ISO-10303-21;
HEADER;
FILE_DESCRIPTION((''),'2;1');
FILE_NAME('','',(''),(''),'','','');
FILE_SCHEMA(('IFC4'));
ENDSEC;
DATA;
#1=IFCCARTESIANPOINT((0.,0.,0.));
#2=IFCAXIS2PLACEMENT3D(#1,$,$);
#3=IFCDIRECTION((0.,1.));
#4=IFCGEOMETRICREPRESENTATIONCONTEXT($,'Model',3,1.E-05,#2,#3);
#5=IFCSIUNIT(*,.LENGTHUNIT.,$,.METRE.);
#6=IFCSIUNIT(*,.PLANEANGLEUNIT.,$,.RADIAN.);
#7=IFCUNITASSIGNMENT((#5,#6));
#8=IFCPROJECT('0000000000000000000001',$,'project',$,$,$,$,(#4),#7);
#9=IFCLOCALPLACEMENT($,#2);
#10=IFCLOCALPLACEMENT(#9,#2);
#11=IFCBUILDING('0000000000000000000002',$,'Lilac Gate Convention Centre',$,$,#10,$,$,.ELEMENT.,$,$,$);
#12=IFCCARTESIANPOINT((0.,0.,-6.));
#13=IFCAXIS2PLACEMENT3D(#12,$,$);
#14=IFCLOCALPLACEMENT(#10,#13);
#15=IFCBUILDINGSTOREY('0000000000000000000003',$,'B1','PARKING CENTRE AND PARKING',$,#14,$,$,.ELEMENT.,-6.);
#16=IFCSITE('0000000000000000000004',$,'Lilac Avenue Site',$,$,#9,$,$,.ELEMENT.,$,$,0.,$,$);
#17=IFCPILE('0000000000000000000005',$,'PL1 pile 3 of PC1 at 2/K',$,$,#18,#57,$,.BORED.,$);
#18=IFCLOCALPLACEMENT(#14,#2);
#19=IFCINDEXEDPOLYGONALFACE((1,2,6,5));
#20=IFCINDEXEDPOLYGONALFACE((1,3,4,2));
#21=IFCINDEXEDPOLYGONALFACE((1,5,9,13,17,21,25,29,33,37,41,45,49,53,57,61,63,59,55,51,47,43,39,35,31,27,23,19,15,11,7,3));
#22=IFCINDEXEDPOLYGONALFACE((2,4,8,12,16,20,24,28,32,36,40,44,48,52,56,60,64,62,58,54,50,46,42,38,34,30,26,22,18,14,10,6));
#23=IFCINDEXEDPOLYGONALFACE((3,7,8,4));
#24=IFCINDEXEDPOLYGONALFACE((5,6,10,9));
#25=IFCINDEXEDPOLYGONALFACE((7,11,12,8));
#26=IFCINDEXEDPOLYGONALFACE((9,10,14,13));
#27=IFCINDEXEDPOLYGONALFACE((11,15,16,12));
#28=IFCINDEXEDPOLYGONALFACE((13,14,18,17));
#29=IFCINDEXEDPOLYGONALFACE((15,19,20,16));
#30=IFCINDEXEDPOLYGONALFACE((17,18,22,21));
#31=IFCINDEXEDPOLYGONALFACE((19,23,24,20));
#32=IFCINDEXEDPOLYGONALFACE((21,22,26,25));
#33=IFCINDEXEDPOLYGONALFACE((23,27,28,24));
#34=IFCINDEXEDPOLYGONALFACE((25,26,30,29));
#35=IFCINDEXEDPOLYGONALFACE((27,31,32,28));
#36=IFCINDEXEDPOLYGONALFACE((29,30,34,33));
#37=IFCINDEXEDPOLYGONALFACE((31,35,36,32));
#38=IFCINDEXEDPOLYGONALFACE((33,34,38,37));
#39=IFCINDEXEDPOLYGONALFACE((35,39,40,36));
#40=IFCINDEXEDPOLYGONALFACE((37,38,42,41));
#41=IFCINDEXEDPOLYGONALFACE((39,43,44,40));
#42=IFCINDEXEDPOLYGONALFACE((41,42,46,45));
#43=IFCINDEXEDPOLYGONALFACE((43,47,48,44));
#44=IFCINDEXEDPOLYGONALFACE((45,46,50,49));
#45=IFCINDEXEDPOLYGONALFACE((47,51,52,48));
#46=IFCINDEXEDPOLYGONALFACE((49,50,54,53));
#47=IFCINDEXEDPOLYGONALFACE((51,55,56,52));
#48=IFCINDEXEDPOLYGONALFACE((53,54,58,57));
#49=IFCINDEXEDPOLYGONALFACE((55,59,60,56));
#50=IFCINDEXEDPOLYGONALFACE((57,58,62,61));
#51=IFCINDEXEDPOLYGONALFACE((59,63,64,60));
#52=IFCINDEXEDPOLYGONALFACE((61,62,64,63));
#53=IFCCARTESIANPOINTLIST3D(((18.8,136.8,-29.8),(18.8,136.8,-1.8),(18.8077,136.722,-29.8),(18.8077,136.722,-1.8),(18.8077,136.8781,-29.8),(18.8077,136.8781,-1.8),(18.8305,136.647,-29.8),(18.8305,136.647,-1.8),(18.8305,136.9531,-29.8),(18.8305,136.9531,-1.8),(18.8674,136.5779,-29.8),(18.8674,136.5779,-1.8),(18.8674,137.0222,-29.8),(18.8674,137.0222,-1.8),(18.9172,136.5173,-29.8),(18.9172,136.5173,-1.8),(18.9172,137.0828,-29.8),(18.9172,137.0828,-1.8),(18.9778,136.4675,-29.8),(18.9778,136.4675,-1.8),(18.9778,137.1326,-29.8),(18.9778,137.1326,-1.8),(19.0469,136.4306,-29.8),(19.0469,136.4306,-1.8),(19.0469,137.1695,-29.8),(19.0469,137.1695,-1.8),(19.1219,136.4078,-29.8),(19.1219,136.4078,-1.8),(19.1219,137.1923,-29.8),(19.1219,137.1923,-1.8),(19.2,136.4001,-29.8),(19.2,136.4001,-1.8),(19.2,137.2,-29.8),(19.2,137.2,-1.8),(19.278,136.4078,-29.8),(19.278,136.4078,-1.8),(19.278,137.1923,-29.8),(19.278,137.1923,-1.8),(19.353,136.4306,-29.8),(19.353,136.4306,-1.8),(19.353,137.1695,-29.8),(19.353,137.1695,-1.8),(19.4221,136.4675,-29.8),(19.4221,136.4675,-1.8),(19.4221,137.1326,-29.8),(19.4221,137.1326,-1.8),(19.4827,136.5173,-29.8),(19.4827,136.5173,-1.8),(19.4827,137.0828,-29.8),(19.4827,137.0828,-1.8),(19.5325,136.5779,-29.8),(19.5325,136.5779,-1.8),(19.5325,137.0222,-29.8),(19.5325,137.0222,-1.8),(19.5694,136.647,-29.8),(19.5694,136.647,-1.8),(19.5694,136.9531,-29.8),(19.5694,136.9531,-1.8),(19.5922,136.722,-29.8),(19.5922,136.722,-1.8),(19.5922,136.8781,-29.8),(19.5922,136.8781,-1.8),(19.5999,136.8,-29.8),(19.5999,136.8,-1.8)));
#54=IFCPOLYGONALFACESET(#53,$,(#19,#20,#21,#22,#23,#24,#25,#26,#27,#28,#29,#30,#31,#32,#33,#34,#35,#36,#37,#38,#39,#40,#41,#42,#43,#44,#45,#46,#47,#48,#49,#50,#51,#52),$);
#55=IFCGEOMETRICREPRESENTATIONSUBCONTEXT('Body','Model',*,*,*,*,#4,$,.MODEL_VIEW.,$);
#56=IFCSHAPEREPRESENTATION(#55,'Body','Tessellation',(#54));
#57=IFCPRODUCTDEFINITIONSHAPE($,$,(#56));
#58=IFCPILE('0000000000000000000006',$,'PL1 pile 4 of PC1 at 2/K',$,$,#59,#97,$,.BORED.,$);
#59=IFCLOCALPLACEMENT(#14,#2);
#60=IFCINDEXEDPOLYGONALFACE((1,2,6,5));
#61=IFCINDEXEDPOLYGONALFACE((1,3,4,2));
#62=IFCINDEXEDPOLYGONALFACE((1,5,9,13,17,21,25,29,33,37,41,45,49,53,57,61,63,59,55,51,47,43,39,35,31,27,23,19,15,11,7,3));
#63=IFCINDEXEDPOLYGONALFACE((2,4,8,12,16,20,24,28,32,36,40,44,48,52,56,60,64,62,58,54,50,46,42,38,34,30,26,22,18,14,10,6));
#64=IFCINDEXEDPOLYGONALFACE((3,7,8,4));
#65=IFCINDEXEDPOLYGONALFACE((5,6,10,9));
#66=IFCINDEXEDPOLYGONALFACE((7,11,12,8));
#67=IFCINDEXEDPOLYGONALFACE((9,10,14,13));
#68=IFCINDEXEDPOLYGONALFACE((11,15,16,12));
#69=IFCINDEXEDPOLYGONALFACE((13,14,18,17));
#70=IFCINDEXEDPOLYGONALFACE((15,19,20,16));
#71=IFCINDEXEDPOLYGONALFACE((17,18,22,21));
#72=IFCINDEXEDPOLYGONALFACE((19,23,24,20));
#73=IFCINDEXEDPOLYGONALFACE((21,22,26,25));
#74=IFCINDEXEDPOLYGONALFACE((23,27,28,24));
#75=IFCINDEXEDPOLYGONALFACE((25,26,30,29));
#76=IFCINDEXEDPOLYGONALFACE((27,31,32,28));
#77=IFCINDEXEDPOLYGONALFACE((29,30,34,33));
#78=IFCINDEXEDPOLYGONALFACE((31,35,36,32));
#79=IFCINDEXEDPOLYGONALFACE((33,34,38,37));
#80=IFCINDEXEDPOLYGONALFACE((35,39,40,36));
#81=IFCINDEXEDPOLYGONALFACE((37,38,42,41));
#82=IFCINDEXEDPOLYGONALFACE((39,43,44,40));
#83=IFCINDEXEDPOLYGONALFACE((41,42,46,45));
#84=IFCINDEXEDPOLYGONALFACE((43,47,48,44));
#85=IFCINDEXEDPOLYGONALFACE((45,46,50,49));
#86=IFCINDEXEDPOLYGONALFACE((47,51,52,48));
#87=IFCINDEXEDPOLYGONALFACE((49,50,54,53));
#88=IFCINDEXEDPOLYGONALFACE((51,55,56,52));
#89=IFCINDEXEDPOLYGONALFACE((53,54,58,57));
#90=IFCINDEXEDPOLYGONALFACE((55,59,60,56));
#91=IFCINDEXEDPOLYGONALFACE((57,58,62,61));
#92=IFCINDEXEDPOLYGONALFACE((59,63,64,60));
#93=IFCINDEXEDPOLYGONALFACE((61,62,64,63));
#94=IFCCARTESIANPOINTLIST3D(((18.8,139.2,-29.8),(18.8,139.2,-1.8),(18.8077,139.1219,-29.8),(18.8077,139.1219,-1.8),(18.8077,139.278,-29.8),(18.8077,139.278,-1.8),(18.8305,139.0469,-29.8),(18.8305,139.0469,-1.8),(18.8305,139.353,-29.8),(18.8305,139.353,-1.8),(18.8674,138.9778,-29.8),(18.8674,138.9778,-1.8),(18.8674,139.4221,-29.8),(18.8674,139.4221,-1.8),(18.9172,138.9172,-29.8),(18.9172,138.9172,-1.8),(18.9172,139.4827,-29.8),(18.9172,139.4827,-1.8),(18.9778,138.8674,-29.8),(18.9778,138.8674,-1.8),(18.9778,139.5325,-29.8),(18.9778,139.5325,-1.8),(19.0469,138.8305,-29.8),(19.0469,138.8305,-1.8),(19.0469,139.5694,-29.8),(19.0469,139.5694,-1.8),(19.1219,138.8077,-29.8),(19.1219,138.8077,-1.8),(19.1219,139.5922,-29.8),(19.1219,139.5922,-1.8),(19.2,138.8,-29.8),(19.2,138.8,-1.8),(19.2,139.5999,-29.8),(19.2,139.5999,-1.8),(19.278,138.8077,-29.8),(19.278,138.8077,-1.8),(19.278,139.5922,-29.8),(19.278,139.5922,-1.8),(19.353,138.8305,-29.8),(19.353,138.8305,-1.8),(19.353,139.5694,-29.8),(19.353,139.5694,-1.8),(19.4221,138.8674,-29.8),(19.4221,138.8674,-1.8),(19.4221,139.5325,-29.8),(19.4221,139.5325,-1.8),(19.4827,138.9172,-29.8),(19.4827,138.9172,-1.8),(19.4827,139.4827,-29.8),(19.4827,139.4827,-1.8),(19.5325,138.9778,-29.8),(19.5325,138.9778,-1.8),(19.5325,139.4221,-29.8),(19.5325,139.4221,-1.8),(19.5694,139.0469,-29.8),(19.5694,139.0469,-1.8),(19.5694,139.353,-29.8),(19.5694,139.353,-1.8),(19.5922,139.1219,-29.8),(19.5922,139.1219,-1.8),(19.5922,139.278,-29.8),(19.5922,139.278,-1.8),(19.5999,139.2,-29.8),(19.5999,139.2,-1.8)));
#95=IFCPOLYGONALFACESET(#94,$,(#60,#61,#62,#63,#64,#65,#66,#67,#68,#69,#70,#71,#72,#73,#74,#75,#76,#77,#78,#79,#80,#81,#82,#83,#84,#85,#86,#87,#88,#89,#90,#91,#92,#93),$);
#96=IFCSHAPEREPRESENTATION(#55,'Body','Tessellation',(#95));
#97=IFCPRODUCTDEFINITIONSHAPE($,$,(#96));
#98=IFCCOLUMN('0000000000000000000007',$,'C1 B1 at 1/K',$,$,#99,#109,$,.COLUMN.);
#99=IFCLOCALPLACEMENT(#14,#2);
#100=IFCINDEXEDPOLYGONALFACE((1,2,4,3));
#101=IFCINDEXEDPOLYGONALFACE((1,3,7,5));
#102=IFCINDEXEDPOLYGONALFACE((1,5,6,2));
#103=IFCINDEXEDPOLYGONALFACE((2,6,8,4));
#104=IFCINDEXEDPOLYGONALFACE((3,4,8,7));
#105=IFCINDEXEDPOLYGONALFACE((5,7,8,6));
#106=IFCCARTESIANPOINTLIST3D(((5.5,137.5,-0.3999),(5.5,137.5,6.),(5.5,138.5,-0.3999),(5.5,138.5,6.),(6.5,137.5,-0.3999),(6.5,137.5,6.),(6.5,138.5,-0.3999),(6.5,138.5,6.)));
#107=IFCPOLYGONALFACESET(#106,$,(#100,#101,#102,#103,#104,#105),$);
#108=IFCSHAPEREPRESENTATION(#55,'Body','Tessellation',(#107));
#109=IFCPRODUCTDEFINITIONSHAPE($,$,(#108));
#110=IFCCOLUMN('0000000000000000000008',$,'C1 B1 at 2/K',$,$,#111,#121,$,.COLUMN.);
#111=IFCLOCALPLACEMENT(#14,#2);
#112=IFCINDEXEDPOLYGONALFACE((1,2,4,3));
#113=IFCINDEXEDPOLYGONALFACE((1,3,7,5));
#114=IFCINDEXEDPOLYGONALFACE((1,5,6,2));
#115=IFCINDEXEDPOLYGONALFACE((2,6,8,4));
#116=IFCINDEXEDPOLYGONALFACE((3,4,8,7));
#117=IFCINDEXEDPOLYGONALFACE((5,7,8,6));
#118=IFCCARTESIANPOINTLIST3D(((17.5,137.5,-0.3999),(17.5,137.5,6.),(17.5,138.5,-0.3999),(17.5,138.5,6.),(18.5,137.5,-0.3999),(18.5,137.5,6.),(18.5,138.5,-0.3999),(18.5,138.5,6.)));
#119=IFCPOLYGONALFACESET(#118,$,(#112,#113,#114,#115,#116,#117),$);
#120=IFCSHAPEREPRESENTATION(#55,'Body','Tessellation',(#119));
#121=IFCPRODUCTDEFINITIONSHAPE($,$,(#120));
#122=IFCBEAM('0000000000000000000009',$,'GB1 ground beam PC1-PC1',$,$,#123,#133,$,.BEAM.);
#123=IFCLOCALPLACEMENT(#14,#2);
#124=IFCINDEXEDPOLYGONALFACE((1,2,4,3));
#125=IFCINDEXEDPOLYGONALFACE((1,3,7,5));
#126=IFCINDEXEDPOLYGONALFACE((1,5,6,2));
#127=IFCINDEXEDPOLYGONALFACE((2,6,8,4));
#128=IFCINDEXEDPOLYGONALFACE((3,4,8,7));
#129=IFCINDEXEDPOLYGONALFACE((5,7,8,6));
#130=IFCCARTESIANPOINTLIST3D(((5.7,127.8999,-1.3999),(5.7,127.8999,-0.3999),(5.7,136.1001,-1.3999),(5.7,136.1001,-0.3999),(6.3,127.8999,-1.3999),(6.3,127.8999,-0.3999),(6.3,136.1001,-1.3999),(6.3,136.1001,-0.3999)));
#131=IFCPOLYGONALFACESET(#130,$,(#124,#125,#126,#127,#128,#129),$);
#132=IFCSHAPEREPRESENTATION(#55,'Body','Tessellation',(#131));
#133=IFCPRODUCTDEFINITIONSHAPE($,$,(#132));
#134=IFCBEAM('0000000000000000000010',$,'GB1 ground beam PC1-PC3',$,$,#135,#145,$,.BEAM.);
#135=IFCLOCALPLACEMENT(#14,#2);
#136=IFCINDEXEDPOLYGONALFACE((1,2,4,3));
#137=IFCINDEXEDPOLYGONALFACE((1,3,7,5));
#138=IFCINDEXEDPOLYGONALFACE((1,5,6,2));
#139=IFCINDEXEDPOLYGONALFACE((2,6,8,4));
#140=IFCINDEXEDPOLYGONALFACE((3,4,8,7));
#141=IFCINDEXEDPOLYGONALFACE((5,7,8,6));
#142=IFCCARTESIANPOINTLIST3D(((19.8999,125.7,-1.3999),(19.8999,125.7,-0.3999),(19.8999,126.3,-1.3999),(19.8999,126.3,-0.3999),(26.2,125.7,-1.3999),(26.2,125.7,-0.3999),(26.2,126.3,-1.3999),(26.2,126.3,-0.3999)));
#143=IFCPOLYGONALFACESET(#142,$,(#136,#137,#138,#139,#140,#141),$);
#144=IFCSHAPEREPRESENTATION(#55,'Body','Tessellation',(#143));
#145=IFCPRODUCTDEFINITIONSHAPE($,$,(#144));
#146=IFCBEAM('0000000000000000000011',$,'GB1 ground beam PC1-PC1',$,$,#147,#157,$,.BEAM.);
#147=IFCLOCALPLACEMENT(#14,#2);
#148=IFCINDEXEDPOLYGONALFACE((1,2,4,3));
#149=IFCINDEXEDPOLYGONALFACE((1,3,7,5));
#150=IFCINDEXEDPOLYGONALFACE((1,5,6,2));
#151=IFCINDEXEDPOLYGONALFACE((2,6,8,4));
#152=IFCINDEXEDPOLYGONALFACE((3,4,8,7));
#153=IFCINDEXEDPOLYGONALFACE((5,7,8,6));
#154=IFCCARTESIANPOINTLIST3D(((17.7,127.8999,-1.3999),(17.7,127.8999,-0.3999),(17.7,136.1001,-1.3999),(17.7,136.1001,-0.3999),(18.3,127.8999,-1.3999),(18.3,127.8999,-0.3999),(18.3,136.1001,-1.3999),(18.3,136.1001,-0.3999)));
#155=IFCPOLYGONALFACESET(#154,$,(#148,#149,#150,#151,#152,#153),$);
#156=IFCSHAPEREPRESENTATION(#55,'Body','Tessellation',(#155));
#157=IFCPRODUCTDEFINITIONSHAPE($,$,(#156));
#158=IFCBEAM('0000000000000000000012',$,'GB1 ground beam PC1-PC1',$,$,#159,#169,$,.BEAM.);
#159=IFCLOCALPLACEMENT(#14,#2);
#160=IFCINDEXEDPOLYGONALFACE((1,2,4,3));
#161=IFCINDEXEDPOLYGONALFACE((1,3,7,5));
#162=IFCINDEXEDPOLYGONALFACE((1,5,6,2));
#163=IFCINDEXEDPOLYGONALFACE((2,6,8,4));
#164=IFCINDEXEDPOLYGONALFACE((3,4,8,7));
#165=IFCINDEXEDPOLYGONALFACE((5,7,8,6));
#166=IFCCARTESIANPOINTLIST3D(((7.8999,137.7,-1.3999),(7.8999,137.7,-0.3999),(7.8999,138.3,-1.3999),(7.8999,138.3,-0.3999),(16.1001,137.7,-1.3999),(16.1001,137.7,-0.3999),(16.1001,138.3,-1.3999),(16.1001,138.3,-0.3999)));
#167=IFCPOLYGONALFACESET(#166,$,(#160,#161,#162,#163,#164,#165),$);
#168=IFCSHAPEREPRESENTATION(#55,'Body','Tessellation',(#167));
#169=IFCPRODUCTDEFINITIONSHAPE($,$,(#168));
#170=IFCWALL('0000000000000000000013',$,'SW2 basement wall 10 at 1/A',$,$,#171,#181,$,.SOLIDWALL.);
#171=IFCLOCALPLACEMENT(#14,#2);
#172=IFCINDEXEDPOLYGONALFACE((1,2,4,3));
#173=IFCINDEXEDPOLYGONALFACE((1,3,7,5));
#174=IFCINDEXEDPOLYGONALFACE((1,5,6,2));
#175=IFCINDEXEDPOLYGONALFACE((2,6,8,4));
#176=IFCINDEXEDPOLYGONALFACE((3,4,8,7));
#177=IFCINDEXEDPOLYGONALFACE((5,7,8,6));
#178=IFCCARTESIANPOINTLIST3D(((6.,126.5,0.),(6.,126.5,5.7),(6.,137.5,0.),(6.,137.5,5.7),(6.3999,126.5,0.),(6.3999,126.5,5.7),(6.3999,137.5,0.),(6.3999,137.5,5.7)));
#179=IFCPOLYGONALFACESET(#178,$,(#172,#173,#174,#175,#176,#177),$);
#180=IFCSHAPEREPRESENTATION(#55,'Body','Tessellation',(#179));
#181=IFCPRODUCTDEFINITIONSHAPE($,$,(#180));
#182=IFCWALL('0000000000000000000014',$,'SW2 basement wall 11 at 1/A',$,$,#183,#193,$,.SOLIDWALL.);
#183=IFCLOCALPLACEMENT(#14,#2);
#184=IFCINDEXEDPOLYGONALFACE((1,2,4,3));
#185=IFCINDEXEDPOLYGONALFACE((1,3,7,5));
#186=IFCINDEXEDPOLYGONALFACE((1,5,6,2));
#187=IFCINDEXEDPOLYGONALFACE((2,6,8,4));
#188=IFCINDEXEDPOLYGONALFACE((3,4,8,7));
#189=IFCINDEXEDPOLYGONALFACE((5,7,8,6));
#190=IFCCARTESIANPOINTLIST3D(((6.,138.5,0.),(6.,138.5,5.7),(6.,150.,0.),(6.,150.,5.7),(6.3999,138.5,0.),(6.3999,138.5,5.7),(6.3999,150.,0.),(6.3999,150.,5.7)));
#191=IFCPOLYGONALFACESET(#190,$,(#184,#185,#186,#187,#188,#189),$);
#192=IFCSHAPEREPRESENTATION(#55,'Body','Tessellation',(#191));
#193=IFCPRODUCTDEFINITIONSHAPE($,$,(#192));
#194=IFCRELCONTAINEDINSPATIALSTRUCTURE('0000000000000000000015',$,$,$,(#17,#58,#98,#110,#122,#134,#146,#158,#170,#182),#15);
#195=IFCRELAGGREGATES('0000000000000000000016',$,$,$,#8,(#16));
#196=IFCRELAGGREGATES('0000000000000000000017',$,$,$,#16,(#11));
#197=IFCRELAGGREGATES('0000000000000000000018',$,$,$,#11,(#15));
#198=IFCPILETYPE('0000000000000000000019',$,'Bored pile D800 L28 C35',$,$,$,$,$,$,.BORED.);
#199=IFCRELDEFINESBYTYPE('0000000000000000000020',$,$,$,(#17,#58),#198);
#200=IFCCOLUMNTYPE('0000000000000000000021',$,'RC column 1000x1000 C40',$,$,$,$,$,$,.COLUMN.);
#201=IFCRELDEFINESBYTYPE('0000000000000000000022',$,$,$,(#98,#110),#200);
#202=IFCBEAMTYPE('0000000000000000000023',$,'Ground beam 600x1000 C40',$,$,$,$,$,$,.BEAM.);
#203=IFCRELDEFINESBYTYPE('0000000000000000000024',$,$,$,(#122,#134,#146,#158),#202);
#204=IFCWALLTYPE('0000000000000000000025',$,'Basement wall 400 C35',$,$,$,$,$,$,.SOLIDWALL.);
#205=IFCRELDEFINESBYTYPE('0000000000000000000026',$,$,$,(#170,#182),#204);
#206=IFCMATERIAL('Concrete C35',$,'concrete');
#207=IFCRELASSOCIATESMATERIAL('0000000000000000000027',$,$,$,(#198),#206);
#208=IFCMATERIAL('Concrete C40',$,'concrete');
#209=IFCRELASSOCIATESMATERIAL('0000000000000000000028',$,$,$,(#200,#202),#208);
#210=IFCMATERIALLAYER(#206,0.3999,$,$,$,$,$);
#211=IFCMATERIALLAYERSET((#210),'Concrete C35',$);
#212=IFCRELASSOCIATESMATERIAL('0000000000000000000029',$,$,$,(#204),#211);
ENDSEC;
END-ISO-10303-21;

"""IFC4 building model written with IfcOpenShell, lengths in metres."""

from ifc_helpers import new_model, si_unit, direction, frame, frame_2d, origin, origin_2d, place, context, subcontext, project, spatial, rectangle, circle, extrude, material, layer, layer_set, material_profile, profile_set, type_object, element, save


model = new_model("IFC4")

# Units and contexts
model_context = context("Model", 3, precision=1e-05, world=origin(), true_north=direction((0.0, 1.0)))
body_context = subcontext(model_context, "Body", "Model", "MODEL_VIEW")
ifc_project = project(units=[si_unit("LENGTHUNIT", "METRE"), si_unit("PLANEANGLEUNIT", "RADIAN")], contexts=[model_context])

# Site, building, storey
site_placement = place(None, origin())
site = spatial("IfcSite", under=ifc_project, at=site_placement, Name="Lilac Avenue Site", CompositionType="ELEMENT", RefElevation=0.0)
building_placement = place(site_placement, origin())
building = spatial("IfcBuilding", under=site, at=building_placement, Name="Lilac Gate Convention Centre", CompositionType="ELEMENT")
storey_placement = place(building_placement, frame((0.0, 0.0, -6.0)))
storey = spatial("IfcBuildingStorey", under=building, at=storey_placement, Name="B1", Description="PARKING CENTRE AND PARKING", CompositionType="ELEMENT", Elevation=-6.0)

# Piles
ifc_material_1 = material(Name="Concrete C35", Category="concrete")
ifc_material_profile_1 = material_profile(ifc_material_1, circle(Radius=0.3999, at=origin_2d()), Name="D800")
ifc_profile_set_1 = profile_set([ifc_material_profile_1], Name="Concrete C35")
pile_type = type_object("IfcPileType", Name="Bored pile D800 L28 C35", PredefinedType="BORED", material=ifc_profile_set_1)
for number, where, z_axis, x_axis, name in (
    (1, (19.2, 136.8, -1.8), (0.0, 0.0, -1.0), (1.0, 0.0, 0.0), "PL1 pile 3 of PC1 at 2/K"),
    (2, (19.2, 139.2, -1.8), (0.0, 0.0, -1.0), (1.0, 0.0, 0.0), "PL1 pile 4 of PC1 at 2/K"),
):
    element("IfcPile", number, at=place(storey_placement, frame(where, z_axis=z_axis, x_axis=x_axis)), inside=storey, type_object=pile_type, Name=name, PredefinedType="BORED", context=body_context, shape_type="SweptSolid", body=[
        extrude(circle(Radius=0.3999, at=origin_2d()), origin(), (0.0, 0.0, 1.0), 28.0),
    ])

# Columns
ifc_material_2 = material(Name="Concrete C40", Category="concrete")
ifc_material_profile_2 = material_profile(ifc_material_2, rectangle(XDim=1.0, YDim=1.0, at=origin_2d()), Name="RC 1000x1000")
ifc_profile_set_2 = profile_set([ifc_material_profile_2], Name="Concrete C40")
column_type = type_object("IfcColumnType", Name="RC column 1000x1000 C40", PredefinedType="COLUMN", material=ifc_profile_set_2)
for number, where, z_axis, x_axis, name in (
    (3, (6.0, 138.0, -0.3999), (0.0, 0.0, 1.0), (1.0, 0.0, 0.0), "C1 B1 at 1/K"),
    (4, (18.0, 138.0, -0.3999), (0.0, 0.0, 1.0), (1.0, 0.0, 0.0), "C1 B1 at 2/K"),
):
    element("IfcColumn", number, at=place(storey_placement, frame(where, z_axis=z_axis, x_axis=x_axis)), inside=storey, type_object=column_type, Name=name, PredefinedType="COLUMN", context=body_context, shape_type="SweptSolid", body=[
        extrude(rectangle(XDim=1.0, YDim=1.0, at=origin_2d()), origin(), (0.0, 0.0, 1.0), 6.3999),
    ])

# Beams
ifc_material_profile_3 = material_profile(ifc_material_2, rectangle(XDim=0.6001, YDim=1.0, at=origin_2d()), Name="RC 600x1000")
ifc_profile_set_3 = profile_set([ifc_material_profile_3], Name="Concrete C40")
beam_type = type_object("IfcBeamType", Name="Ground beam 600x1000 C40", PredefinedType="BEAM", material=ifc_profile_set_3)
beam_1_placement = place(storey_placement, frame((6.0, 127.8999, -0.8999), z_axis=(0.0, 1.0, 0.0), x_axis=(-1.0, 0.0, 0.0)))
element("IfcBeam", 5, at=beam_1_placement, inside=storey, type_object=beam_type, Name="GB1 ground beam PC1-PC1", PredefinedType="BEAM", context=body_context, shape_type="SweptSolid", body=[
    extrude(rectangle(XDim=0.6001, YDim=1.0, at=origin_2d()), origin(), (0.0, 0.0, 1.0), 8.2002),
])
beam_2_placement = place(storey_placement, frame((19.8999, 126.0, -0.8999), z_axis=(1.0, 0.0, 0.0), x_axis=(0.0, 1.0, 0.0)))
element("IfcBeam", 6, at=beam_2_placement, inside=storey, type_object=beam_type, Name="GB1 ground beam PC1-PC3", PredefinedType="BEAM", context=body_context, shape_type="SweptSolid", body=[
    extrude(rectangle(XDim=0.6001, YDim=1.0, at=origin_2d()), origin(), (0.0, 0.0, 1.0), 6.3),
])
for number, where, z_axis, x_axis, name in (
    (7, (18.0, 127.8999, -0.8999), (0.0, 1.0, 0.0), (-1.0, 0.0, 0.0), "GB1 ground beam PC1-PC1"),
    (8, (7.8999, 138.0, -0.8999), (1.0, 0.0, 0.0), (0.0, 1.0, 0.0), "GB1 ground beam PC1-PC1"),
):
    element("IfcBeam", number, at=place(storey_placement, frame(where, z_axis=z_axis, x_axis=x_axis)), inside=storey, type_object=beam_type, Name=name, PredefinedType="BEAM", context=body_context, shape_type="SweptSolid", body=[
        extrude(rectangle(XDim=0.6001, YDim=1.0, at=origin_2d()), origin(), (0.0, 0.0, 1.0), 8.2002),
    ])

# Walls
ifc_layer_1 = layer(ifc_material_1, 0.3999)
ifc_layer_set_1 = layer_set([ifc_layer_1], Name="Concrete C35")
wall_type_1 = type_object("IfcWallType", Name="Basement wall 400 C35", PredefinedType="SOLIDWALL", material=ifc_layer_set_1)
wall_1_placement = place(storey_placement, frame((6.2, 126.5, 0.0), z_axis=(0.0, 0.0, 1.0), x_axis=(0.0, 1.0, 0.0)))
element("IfcWall", 9, at=wall_1_placement, inside=storey, type_object=wall_type_1, Name="SW2 basement wall 10 at 1/A", PredefinedType="SOLIDWALL", context=body_context, shape_type="SweptSolid", body=[
    extrude(rectangle(XDim=11.0, YDim=0.3999, at=frame_2d((5.5, 0.0))), origin(), (0.0, 0.0, 1.0), 5.7),
])
wall_2_placement = place(storey_placement, frame((6.2, 138.5, 0.0), z_axis=(0.0, 0.0, 1.0), x_axis=(0.0, 1.0, 0.0)))
element("IfcWall", 10, at=wall_2_placement, inside=storey, type_object=wall_type_1, Name="SW2 basement wall 11 at 1/A", PredefinedType="SOLIDWALL", context=body_context, shape_type="SweptSolid", body=[
    extrude(rectangle(XDim=11.5, YDim=0.3999, at=frame_2d((5.75, 0.0))), origin(), (0.0, 0.0, 1.0), 5.7),
])

save(model, "model.ifc")
